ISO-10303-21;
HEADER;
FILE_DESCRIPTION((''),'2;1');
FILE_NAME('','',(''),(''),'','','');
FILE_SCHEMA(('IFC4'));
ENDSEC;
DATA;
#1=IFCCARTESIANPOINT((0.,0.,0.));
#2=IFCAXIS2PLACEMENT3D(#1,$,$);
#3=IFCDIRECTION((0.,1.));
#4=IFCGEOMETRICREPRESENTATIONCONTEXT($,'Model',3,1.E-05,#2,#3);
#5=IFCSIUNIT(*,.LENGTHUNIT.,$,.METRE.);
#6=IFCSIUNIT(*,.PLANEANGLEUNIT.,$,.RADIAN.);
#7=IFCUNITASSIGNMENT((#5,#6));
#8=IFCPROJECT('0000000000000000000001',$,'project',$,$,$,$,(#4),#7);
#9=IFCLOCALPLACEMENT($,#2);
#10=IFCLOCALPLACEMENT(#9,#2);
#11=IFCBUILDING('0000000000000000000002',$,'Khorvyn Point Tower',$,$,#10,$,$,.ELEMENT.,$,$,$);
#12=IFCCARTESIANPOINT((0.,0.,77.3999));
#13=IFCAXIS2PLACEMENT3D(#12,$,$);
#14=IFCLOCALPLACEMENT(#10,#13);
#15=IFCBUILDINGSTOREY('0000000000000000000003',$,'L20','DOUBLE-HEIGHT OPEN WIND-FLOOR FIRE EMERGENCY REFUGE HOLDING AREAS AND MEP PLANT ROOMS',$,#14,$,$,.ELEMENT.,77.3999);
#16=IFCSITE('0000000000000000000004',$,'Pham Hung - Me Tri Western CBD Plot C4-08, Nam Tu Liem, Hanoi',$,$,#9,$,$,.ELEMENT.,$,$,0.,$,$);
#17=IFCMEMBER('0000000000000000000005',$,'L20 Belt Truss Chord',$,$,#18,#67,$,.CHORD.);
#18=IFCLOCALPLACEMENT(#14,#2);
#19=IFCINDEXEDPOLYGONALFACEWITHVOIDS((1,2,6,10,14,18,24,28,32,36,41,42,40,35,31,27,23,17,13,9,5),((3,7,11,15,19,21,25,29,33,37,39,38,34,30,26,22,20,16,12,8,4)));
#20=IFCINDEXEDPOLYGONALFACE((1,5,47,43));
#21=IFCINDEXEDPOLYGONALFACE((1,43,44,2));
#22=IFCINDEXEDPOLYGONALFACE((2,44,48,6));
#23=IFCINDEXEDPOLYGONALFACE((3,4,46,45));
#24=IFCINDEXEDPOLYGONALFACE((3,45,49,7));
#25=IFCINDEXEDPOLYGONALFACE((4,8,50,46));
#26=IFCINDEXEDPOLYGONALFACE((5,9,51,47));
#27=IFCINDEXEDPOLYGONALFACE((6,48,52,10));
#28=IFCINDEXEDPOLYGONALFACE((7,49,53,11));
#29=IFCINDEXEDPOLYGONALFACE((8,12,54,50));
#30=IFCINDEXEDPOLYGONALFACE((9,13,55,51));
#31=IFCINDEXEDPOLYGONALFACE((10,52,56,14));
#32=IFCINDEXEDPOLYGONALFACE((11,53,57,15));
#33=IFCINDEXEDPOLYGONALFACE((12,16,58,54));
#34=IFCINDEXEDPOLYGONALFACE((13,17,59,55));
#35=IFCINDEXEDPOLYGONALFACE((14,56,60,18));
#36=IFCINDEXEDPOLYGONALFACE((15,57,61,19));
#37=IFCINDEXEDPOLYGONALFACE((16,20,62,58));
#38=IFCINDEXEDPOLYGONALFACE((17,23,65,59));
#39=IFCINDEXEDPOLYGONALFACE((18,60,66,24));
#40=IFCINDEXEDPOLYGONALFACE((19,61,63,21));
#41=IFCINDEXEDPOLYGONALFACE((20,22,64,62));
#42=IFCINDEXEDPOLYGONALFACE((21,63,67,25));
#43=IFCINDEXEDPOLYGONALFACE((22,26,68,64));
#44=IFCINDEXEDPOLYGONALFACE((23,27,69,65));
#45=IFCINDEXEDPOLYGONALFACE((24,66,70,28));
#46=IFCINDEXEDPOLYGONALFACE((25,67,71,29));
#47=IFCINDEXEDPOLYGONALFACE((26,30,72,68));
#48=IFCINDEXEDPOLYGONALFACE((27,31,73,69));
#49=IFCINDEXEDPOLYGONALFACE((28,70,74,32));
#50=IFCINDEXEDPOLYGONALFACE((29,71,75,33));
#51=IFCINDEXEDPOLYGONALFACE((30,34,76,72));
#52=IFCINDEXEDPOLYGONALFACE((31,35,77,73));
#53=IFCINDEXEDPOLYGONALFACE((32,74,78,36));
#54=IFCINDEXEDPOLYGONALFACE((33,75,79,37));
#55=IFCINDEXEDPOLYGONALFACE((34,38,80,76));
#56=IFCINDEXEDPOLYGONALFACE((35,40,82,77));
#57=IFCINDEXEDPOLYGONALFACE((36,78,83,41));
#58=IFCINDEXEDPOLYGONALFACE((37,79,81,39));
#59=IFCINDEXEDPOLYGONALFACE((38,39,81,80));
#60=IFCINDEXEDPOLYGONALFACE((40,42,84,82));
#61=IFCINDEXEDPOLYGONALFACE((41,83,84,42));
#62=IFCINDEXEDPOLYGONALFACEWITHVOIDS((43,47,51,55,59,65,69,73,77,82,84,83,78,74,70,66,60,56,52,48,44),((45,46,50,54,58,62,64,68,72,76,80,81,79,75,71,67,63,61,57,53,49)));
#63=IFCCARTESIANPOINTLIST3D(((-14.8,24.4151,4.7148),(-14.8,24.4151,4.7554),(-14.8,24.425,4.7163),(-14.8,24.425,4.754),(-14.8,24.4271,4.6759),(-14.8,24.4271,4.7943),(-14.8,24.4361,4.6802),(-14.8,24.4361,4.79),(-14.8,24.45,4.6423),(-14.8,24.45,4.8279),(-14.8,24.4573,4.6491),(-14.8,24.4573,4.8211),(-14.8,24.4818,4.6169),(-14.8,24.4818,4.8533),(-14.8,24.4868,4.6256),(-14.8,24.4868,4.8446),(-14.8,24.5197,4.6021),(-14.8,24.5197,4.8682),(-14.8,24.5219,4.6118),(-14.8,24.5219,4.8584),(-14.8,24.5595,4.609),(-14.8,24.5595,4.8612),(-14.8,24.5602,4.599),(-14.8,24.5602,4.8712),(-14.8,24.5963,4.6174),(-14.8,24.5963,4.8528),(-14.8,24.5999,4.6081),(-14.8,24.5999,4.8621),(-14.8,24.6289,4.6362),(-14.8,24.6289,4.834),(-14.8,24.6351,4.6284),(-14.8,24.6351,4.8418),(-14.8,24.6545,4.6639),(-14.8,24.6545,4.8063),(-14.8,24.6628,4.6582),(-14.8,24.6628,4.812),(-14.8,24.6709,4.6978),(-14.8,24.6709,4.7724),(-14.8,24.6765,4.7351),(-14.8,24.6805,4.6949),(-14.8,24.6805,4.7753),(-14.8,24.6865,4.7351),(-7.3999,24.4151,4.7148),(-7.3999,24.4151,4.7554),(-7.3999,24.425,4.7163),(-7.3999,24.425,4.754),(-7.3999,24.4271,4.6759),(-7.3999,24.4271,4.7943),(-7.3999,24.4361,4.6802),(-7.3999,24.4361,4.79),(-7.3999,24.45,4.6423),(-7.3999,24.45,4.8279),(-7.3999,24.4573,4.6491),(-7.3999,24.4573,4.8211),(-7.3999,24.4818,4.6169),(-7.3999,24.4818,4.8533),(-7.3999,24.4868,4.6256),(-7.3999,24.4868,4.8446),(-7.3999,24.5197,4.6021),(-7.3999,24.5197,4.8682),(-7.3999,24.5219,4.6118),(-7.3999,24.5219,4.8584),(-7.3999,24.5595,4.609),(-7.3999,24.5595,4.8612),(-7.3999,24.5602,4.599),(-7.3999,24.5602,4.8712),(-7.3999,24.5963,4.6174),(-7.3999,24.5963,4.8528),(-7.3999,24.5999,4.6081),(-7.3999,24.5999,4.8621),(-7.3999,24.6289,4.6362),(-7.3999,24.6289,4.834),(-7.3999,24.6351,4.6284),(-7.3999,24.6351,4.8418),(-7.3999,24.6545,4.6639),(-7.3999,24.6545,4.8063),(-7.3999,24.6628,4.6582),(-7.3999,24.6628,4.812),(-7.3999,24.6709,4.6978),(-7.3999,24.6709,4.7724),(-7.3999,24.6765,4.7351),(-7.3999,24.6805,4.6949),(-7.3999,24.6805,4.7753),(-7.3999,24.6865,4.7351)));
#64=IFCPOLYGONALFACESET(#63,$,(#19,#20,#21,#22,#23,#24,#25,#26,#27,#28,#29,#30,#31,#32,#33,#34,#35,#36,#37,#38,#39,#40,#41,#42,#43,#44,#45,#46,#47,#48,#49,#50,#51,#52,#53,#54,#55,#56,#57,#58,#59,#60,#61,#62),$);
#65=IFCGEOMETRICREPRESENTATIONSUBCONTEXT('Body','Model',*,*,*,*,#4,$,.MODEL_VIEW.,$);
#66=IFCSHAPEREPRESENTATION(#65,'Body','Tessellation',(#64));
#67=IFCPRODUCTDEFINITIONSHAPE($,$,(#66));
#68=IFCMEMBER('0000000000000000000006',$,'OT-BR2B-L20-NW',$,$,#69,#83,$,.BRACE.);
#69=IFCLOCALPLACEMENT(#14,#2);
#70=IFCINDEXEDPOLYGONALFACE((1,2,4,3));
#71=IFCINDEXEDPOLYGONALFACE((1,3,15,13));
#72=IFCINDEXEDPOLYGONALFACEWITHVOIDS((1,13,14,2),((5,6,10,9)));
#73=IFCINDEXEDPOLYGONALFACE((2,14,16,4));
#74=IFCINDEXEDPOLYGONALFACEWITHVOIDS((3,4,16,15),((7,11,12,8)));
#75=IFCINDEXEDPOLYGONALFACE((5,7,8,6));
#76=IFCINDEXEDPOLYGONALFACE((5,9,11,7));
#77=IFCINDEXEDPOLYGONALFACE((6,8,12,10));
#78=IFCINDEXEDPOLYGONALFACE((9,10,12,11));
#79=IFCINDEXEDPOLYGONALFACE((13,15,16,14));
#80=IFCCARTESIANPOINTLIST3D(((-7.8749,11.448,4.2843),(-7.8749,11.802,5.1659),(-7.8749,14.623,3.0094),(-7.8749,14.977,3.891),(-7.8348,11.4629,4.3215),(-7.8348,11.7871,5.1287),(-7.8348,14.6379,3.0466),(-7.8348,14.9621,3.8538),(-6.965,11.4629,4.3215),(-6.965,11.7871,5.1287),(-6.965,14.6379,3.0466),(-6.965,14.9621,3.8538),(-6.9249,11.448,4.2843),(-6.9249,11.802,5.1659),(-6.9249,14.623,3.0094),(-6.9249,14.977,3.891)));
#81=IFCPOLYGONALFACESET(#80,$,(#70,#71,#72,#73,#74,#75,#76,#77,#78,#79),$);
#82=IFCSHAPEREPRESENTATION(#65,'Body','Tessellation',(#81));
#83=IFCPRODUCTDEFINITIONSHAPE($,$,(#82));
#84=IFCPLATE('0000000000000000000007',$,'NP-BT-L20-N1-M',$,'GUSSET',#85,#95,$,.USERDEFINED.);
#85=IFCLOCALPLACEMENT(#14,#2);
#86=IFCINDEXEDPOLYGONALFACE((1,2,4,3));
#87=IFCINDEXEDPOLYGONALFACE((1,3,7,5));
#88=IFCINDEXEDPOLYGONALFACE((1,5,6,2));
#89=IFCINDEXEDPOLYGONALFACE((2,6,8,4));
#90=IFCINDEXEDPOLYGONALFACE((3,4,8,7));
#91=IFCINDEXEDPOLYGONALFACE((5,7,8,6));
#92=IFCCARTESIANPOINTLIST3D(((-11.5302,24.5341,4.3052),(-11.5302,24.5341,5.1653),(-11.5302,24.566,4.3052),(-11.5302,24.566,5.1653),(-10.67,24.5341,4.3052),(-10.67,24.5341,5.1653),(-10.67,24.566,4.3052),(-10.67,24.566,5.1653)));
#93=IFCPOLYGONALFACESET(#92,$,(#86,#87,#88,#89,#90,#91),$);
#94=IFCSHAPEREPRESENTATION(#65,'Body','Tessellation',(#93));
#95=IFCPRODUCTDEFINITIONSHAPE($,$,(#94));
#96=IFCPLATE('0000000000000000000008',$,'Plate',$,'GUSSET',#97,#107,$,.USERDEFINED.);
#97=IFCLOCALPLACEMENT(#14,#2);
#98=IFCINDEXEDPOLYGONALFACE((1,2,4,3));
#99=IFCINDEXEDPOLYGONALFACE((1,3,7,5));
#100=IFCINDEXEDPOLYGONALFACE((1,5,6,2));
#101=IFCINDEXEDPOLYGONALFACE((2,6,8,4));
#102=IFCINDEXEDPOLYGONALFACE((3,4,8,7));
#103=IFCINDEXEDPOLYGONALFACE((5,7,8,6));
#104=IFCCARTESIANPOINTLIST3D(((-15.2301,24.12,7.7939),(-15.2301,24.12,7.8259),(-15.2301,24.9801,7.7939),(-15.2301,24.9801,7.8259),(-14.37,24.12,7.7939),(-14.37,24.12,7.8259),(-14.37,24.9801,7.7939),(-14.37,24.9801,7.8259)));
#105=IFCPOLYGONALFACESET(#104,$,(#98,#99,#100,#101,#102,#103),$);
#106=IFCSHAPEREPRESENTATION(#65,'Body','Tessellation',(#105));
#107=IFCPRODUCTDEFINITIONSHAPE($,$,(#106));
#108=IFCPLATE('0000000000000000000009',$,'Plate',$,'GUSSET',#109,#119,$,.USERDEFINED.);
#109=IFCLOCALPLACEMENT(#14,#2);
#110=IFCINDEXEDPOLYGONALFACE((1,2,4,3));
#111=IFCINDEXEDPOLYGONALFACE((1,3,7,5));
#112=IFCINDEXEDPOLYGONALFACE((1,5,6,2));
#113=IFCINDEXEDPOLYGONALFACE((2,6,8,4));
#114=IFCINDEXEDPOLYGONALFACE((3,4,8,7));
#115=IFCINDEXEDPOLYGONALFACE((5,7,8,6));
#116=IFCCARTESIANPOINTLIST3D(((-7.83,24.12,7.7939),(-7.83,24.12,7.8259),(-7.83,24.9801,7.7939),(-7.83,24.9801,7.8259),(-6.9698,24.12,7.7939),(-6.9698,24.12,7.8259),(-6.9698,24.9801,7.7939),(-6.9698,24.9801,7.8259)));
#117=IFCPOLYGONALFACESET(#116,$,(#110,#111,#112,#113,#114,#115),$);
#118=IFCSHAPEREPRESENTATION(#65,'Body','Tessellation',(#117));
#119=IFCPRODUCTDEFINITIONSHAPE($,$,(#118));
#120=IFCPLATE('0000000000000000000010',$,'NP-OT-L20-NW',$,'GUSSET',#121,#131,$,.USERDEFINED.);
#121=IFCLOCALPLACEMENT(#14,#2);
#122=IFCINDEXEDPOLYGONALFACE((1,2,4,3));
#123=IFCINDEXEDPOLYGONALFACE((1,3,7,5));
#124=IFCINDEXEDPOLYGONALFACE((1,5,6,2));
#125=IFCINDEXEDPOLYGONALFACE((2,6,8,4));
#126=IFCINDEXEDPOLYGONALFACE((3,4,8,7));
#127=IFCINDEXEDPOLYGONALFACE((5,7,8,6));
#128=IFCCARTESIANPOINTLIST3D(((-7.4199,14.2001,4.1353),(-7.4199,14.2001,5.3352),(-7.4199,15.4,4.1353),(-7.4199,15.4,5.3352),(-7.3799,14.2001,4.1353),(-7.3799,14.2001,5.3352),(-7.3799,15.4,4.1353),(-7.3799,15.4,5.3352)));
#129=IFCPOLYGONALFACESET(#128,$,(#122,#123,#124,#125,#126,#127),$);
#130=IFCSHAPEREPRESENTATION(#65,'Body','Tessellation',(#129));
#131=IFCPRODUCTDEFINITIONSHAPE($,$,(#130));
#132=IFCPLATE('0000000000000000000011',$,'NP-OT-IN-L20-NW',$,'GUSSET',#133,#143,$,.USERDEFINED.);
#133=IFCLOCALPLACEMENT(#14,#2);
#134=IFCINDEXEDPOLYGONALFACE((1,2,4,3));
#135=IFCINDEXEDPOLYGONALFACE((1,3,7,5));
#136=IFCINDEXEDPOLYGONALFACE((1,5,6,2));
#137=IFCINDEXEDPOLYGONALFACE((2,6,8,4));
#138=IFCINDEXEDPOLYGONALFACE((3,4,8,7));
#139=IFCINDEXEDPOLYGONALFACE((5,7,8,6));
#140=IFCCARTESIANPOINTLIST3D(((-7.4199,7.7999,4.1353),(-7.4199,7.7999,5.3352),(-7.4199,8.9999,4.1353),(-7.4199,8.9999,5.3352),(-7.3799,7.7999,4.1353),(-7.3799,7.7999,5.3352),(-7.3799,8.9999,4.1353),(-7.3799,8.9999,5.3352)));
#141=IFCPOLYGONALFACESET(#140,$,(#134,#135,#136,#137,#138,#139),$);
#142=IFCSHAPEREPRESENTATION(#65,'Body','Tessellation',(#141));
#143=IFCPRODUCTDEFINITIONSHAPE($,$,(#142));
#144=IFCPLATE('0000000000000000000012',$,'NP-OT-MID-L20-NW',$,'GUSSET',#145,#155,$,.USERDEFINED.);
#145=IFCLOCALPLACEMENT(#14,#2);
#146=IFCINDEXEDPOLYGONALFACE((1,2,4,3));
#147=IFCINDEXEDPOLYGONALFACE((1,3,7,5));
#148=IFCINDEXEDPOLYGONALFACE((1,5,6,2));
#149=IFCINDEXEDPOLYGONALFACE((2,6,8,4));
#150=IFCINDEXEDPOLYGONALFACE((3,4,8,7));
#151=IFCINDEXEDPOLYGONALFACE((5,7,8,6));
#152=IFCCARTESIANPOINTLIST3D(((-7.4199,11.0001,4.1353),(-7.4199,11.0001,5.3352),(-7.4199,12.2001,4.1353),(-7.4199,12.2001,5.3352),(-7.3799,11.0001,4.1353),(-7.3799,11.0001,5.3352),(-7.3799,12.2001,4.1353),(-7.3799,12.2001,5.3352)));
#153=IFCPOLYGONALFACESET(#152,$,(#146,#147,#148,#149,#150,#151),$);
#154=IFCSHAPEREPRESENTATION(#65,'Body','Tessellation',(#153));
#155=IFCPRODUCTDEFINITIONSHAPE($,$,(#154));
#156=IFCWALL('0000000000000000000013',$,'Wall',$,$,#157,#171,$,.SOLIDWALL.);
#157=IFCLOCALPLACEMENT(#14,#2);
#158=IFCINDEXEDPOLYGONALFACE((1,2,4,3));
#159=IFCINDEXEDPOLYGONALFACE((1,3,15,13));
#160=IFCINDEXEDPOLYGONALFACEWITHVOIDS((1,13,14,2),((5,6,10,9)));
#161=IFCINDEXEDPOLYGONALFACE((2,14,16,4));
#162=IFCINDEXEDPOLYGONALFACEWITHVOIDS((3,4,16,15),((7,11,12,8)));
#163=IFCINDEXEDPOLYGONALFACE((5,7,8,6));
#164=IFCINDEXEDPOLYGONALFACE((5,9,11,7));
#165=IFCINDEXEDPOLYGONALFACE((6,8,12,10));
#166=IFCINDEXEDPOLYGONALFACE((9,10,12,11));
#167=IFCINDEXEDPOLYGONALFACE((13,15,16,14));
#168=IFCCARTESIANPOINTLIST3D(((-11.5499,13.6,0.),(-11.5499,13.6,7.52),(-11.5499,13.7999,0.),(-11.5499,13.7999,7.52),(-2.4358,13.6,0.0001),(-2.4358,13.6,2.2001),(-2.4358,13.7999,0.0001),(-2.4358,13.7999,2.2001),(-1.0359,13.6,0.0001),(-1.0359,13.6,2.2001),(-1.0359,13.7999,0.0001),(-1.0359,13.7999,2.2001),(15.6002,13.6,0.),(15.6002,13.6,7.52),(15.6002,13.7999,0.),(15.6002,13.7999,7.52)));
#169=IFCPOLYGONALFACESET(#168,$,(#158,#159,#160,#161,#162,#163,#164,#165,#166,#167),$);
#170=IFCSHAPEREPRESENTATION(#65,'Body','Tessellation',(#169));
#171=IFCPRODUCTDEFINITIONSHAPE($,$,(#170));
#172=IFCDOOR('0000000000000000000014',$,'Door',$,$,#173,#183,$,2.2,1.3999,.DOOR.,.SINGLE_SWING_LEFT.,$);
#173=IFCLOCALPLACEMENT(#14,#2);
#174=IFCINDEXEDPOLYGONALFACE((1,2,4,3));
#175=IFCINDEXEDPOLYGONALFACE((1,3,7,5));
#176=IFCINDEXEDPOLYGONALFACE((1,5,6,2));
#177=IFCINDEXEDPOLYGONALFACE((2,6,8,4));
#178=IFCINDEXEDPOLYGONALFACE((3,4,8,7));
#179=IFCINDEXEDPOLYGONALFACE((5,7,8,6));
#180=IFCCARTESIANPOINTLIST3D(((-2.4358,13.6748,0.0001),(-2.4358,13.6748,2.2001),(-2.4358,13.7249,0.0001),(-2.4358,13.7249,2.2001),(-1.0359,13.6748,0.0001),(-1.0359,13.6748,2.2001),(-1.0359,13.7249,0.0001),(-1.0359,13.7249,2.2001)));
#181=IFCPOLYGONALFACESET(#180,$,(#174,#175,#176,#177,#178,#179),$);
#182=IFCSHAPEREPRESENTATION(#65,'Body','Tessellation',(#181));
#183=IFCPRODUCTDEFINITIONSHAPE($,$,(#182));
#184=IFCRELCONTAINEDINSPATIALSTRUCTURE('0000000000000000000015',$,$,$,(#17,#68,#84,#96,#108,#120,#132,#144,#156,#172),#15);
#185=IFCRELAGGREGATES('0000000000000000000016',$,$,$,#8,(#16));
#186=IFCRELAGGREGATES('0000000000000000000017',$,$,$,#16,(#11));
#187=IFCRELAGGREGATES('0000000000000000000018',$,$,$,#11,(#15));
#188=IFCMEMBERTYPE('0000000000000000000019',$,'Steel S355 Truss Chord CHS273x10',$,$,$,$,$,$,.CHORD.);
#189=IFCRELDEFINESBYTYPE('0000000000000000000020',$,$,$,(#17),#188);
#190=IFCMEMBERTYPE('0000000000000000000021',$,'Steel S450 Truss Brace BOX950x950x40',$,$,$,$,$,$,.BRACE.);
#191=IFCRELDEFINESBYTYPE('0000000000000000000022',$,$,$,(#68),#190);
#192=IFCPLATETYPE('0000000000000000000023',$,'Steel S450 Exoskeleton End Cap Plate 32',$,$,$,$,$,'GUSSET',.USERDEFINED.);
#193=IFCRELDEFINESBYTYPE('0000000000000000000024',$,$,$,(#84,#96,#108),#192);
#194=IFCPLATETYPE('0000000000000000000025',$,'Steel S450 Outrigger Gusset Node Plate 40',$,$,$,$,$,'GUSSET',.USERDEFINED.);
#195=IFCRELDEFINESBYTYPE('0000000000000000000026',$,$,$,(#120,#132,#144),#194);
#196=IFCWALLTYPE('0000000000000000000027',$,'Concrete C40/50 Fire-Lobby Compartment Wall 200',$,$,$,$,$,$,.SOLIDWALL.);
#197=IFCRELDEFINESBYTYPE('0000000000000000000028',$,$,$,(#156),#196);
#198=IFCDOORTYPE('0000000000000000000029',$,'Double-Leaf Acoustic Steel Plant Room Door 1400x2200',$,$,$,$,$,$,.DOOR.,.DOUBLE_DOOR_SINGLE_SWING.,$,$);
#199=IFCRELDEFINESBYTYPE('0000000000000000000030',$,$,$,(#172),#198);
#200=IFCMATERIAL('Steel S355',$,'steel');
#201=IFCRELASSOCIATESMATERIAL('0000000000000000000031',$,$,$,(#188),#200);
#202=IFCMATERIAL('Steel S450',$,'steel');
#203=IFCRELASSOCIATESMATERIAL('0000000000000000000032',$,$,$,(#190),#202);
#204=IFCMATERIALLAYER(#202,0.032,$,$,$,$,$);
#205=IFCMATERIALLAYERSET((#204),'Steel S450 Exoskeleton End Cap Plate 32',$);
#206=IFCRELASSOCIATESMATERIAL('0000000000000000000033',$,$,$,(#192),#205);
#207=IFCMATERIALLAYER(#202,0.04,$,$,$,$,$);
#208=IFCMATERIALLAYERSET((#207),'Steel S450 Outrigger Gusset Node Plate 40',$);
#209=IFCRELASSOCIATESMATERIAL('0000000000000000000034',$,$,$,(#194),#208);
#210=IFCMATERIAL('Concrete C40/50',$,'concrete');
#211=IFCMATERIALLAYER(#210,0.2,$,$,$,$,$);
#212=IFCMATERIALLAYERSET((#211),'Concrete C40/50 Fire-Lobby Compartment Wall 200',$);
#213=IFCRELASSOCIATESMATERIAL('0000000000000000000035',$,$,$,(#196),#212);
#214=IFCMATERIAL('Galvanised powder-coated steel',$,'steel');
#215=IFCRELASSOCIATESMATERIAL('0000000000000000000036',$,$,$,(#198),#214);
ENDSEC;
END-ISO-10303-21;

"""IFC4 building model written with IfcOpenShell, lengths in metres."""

from ifc_helpers import new_model, si_unit, direction, frame, frame_2d, origin, origin_2d, place, context, subcontext, project, spatial, rectangle, hollow_rectangle, hollow_circle, extrude, material, layer, layer_set, material_profile, profile_set, type_object, element, fill, save


model = new_model("IFC4")

# Units and contexts
model_context = context("Model", 3, precision=1e-05, world=origin(), true_north=direction((0.0, 1.0)))
body_context = subcontext(model_context, "Body", "Model", "MODEL_VIEW")
ifc_project = project(units=[si_unit("LENGTHUNIT", "METRE"), si_unit("PLANEANGLEUNIT", "RADIAN")], contexts=[model_context])

# Site, building, storey
site_placement = place(None, origin())
site = spatial("IfcSite", under=ifc_project, at=site_placement, Name="Pham Hung - Me Tri Western CBD Plot C4-08, Nam Tu Liem, Hanoi", CompositionType="ELEMENT", RefElevation=0.0)
building_placement = place(site_placement, origin())
building = spatial("IfcBuilding", under=site, at=building_placement, Name="Khorvyn Point Tower", CompositionType="ELEMENT")
storey_placement = place(building_placement, frame((0.0, 0.0, 77.3999)))
storey = spatial("IfcBuildingStorey", under=building, at=storey_placement, Name="L20", Description="DOUBLE-HEIGHT OPEN WIND-FLOOR FIRE EMERGENCY REFUGE HOLDING AREAS AND MEP PLANT ROOMS", CompositionType="ELEMENT", Elevation=77.3999)

# Shared definitions
ifc_material_1 = material(Name="Steel S450", Category="steel")

# Shared definitions
ifc_material_2 = material(Name="Steel S355", Category="steel")

# Members
ifc_material_profile_1 = material_profile(ifc_material_2, hollow_circle(Radius=0.1365, WallThickness=0.01, at=origin_2d()))
ifc_profile_set_1 = profile_set([ifc_material_profile_1], Name="Steel S355 CHS273x10")
member_type_1 = type_object("IfcMemberType", Name="Steel S355 Truss Chord CHS273x10", PredefinedType="CHORD", material=ifc_profile_set_1)
member_1_placement = place(storey_placement, frame((-14.8, 24.55, 4.7351), z_axis=(1.0, 0.0, 0.0), x_axis=(0.0, 1.0, 0.0)))
element("IfcMember", 1, at=member_1_placement, inside=storey, type_object=member_type_1, Name="L20 Belt Truss Chord", PredefinedType="CHORD", context=body_context, shape_type="SweptSolid", body=[
    extrude(hollow_circle(Radius=0.1365, WallThickness=0.01, at=origin_2d()), origin(), (0.0, 0.0, 1.0), 7.4001),
])
ifc_material_profile_2 = material_profile(ifc_material_1, hollow_rectangle(XDim=0.95, YDim=0.95, WallThickness=0.04, at=origin_2d()))
ifc_profile_set_2 = profile_set([ifc_material_profile_2], Name="Steel S450 BOX950x950x40")
member_type_2 = type_object("IfcMemberType", Name="Steel S450 Truss Brace BOX950x950x40", PredefinedType="BRACE", material=ifc_profile_set_2)
member_2_placement = place(storey_placement, frame((-7.3999, 11.625, 4.7251), z_axis=(0.0, 0.927984, -0.372621), x_axis=(-1.0, 0.0, 0.0)))
element("IfcMember", 2, at=member_2_placement, inside=storey, type_object=member_type_2, Name="OT-BR2B-L20-NW", PredefinedType="BRACE", context=body_context, shape_type="SweptSolid", body=[
    extrude(hollow_rectangle(XDim=0.95, YDim=0.95, WallThickness=0.04, at=origin_2d()), origin(), (0.0, 0.0, 1.0), 3.4214),
])

# Plates
ifc_layer_1 = layer(ifc_material_1, 0.032)
ifc_layer_set_1 = layer_set([ifc_layer_1], Name="Steel S450 Exoskeleton End Cap Plate 32")
plate_type_1 = type_object("IfcPlateType", Name="Steel S450 Exoskeleton End Cap Plate 32", ElementType="GUSSET", PredefinedType="USERDEFINED", material=ifc_layer_set_1)
plate_placement = place(storey_placement, frame((-11.1001, 24.55, 4.3052), z_axis=(0.0, 0.0, 1.0), x_axis=(1.0, 0.0, 0.0)))
element("IfcPlate", 3, at=plate_placement, inside=storey, type_object=plate_type_1, Name="NP-BT-L20-N1-M", ObjectType="GUSSET", PredefinedType="USERDEFINED", context=body_context, shape_type="SweptSolid", body=[
    extrude(rectangle(XDim=0.8601, YDim=0.032, at=origin_2d()), origin(), (0.0, 0.0, 1.0), 0.8601),
])
for number, where, z_axis, x_axis, name in (
    (4, (-14.8, 24.55, 7.7939), (0.0, 0.0, 1.0), (1.0, 0.0, 0.0), "Plate"),
    (5, (-7.3999, 24.55, 7.7939), (0.0, 0.0, 1.0), (1.0, 0.0, 0.0), "Plate"),
):
    element("IfcPlate", number, at=place(storey_placement, frame(where, z_axis=z_axis, x_axis=x_axis)), inside=storey, type_object=plate_type_1, Name=name, ObjectType="GUSSET", PredefinedType="USERDEFINED", context=body_context, shape_type="SweptSolid", body=[
        extrude(rectangle(XDim=0.8601, YDim=0.8601, at=origin_2d()), origin(), (0.0, 0.0, 1.0), 0.032),
    ])
ifc_layer_2 = layer(ifc_material_1, 0.04)
ifc_layer_set_2 = layer_set([ifc_layer_2], Name="Steel S450 Outrigger Gusset Node Plate 40")
plate_type_2 = type_object("IfcPlateType", Name="Steel S450 Outrigger Gusset Node Plate 40", ElementType="GUSSET", PredefinedType="USERDEFINED", material=ifc_layer_set_2)
for number, where, z_axis, x_axis, name in (
    (6, (-7.3999, 14.8, 4.1353), (0.0, 0.0, 1.0), (1.0, 0.0, 0.0), "NP-OT-L20-NW"),
    (7, (-7.3999, 8.3999, 4.1353), (0.0, 0.0, 1.0), (1.0, 0.0, 0.0), "NP-OT-IN-L20-NW"),
    (8, (-7.3999, 11.6001, 4.1353), (0.0, 0.0, 1.0), (1.0, 0.0, 0.0), "NP-OT-MID-L20-NW"),
):
    element("IfcPlate", number, at=place(storey_placement, frame(where, z_axis=z_axis, x_axis=x_axis)), inside=storey, type_object=plate_type_2, Name=name, ObjectType="GUSSET", PredefinedType="USERDEFINED", context=body_context, shape_type="SweptSolid", body=[
        extrude(rectangle(XDim=0.04, YDim=1.2, at=origin_2d()), origin(), (0.0, 0.0, 1.0), 1.2),
    ])

# Wall, opening, door
ifc_material_3 = material(Name="Concrete C40/50", Category="concrete")
ifc_layer_3 = layer(ifc_material_3, 0.2)
ifc_layer_set_3 = layer_set([ifc_layer_3], Name="Concrete C40/50 Fire-Lobby Compartment Wall 200")
wall_type_1 = type_object("IfcWallType", Name="Concrete C40/50 Fire-Lobby Compartment Wall 200", PredefinedType="SOLIDWALL", material=ifc_layer_set_3)
wall_1_placement = place(storey_placement, frame((-11.55, 13.7, 0.0), z_axis=(0.0, 0.0, 1.0), x_axis=(1.0, 0.0, 0.0)))
wall_1 = element("IfcWall", 9, at=wall_1_placement, inside=storey, type_object=wall_type_1, Name="Wall", PredefinedType="SOLIDWALL", context=body_context, shape_type="SweptSolid", body=[
    extrude(rectangle(XDim=27.1501, YDim=0.2, at=frame_2d((13.5752, 0.0))), origin(), (0.0, 0.0, 1.0), 7.52),
])
opening_placement = place(wall_1_placement, frame((9.1143, 0.0, 0.0)))
opening = element("IfcOpeningElement", 10, at=opening_placement, cuts=wall_1, PredefinedType="OPENING", context=body_context, shape_type="SweptSolid", body=[
    extrude(rectangle(XDim=1.3999, YDim=2.2, at=frame_2d((0.7, 1.1001))), frame((0.0, 0.1099, 0.0), z_axis=(0.0, -1.0, 0.0), x_axis=(1.0, 0.0, 0.0)), (0.0, 0.0, 1.0), 0.22),
])
ifc_material_4 = material(Name="Galvanised powder-coated steel", Category="steel")
door_type = type_object("IfcDoorType", Name="Double-Leaf Acoustic Steel Plant Room Door 1400x2200", OperationType="DOUBLE_DOOR_SINGLE_SWING", PredefinedType="DOOR", material=ifc_material_4)
door_placement = place(opening_placement, origin())
door = element("IfcDoor", 11, at=door_placement, inside=storey, type_object=door_type, Name="Door", OperationType="SINGLE_SWING_LEFT", OverallHeight=2.2, OverallWidth=1.3999, PredefinedType="DOOR", context=body_context, shape_type="SweptSolid", body=[
    extrude(rectangle(XDim=1.3999, YDim=2.2, at=frame_2d((0.7, 1.1001))), frame((0.0, 0.0249, 0.0), z_axis=(0.0, -1.0, 0.0), x_axis=(1.0, 0.0, 0.0)), (0.0, 0.0, 1.0), 0.05),
])
fill(opening, door)

save(model, "model.ifc")
